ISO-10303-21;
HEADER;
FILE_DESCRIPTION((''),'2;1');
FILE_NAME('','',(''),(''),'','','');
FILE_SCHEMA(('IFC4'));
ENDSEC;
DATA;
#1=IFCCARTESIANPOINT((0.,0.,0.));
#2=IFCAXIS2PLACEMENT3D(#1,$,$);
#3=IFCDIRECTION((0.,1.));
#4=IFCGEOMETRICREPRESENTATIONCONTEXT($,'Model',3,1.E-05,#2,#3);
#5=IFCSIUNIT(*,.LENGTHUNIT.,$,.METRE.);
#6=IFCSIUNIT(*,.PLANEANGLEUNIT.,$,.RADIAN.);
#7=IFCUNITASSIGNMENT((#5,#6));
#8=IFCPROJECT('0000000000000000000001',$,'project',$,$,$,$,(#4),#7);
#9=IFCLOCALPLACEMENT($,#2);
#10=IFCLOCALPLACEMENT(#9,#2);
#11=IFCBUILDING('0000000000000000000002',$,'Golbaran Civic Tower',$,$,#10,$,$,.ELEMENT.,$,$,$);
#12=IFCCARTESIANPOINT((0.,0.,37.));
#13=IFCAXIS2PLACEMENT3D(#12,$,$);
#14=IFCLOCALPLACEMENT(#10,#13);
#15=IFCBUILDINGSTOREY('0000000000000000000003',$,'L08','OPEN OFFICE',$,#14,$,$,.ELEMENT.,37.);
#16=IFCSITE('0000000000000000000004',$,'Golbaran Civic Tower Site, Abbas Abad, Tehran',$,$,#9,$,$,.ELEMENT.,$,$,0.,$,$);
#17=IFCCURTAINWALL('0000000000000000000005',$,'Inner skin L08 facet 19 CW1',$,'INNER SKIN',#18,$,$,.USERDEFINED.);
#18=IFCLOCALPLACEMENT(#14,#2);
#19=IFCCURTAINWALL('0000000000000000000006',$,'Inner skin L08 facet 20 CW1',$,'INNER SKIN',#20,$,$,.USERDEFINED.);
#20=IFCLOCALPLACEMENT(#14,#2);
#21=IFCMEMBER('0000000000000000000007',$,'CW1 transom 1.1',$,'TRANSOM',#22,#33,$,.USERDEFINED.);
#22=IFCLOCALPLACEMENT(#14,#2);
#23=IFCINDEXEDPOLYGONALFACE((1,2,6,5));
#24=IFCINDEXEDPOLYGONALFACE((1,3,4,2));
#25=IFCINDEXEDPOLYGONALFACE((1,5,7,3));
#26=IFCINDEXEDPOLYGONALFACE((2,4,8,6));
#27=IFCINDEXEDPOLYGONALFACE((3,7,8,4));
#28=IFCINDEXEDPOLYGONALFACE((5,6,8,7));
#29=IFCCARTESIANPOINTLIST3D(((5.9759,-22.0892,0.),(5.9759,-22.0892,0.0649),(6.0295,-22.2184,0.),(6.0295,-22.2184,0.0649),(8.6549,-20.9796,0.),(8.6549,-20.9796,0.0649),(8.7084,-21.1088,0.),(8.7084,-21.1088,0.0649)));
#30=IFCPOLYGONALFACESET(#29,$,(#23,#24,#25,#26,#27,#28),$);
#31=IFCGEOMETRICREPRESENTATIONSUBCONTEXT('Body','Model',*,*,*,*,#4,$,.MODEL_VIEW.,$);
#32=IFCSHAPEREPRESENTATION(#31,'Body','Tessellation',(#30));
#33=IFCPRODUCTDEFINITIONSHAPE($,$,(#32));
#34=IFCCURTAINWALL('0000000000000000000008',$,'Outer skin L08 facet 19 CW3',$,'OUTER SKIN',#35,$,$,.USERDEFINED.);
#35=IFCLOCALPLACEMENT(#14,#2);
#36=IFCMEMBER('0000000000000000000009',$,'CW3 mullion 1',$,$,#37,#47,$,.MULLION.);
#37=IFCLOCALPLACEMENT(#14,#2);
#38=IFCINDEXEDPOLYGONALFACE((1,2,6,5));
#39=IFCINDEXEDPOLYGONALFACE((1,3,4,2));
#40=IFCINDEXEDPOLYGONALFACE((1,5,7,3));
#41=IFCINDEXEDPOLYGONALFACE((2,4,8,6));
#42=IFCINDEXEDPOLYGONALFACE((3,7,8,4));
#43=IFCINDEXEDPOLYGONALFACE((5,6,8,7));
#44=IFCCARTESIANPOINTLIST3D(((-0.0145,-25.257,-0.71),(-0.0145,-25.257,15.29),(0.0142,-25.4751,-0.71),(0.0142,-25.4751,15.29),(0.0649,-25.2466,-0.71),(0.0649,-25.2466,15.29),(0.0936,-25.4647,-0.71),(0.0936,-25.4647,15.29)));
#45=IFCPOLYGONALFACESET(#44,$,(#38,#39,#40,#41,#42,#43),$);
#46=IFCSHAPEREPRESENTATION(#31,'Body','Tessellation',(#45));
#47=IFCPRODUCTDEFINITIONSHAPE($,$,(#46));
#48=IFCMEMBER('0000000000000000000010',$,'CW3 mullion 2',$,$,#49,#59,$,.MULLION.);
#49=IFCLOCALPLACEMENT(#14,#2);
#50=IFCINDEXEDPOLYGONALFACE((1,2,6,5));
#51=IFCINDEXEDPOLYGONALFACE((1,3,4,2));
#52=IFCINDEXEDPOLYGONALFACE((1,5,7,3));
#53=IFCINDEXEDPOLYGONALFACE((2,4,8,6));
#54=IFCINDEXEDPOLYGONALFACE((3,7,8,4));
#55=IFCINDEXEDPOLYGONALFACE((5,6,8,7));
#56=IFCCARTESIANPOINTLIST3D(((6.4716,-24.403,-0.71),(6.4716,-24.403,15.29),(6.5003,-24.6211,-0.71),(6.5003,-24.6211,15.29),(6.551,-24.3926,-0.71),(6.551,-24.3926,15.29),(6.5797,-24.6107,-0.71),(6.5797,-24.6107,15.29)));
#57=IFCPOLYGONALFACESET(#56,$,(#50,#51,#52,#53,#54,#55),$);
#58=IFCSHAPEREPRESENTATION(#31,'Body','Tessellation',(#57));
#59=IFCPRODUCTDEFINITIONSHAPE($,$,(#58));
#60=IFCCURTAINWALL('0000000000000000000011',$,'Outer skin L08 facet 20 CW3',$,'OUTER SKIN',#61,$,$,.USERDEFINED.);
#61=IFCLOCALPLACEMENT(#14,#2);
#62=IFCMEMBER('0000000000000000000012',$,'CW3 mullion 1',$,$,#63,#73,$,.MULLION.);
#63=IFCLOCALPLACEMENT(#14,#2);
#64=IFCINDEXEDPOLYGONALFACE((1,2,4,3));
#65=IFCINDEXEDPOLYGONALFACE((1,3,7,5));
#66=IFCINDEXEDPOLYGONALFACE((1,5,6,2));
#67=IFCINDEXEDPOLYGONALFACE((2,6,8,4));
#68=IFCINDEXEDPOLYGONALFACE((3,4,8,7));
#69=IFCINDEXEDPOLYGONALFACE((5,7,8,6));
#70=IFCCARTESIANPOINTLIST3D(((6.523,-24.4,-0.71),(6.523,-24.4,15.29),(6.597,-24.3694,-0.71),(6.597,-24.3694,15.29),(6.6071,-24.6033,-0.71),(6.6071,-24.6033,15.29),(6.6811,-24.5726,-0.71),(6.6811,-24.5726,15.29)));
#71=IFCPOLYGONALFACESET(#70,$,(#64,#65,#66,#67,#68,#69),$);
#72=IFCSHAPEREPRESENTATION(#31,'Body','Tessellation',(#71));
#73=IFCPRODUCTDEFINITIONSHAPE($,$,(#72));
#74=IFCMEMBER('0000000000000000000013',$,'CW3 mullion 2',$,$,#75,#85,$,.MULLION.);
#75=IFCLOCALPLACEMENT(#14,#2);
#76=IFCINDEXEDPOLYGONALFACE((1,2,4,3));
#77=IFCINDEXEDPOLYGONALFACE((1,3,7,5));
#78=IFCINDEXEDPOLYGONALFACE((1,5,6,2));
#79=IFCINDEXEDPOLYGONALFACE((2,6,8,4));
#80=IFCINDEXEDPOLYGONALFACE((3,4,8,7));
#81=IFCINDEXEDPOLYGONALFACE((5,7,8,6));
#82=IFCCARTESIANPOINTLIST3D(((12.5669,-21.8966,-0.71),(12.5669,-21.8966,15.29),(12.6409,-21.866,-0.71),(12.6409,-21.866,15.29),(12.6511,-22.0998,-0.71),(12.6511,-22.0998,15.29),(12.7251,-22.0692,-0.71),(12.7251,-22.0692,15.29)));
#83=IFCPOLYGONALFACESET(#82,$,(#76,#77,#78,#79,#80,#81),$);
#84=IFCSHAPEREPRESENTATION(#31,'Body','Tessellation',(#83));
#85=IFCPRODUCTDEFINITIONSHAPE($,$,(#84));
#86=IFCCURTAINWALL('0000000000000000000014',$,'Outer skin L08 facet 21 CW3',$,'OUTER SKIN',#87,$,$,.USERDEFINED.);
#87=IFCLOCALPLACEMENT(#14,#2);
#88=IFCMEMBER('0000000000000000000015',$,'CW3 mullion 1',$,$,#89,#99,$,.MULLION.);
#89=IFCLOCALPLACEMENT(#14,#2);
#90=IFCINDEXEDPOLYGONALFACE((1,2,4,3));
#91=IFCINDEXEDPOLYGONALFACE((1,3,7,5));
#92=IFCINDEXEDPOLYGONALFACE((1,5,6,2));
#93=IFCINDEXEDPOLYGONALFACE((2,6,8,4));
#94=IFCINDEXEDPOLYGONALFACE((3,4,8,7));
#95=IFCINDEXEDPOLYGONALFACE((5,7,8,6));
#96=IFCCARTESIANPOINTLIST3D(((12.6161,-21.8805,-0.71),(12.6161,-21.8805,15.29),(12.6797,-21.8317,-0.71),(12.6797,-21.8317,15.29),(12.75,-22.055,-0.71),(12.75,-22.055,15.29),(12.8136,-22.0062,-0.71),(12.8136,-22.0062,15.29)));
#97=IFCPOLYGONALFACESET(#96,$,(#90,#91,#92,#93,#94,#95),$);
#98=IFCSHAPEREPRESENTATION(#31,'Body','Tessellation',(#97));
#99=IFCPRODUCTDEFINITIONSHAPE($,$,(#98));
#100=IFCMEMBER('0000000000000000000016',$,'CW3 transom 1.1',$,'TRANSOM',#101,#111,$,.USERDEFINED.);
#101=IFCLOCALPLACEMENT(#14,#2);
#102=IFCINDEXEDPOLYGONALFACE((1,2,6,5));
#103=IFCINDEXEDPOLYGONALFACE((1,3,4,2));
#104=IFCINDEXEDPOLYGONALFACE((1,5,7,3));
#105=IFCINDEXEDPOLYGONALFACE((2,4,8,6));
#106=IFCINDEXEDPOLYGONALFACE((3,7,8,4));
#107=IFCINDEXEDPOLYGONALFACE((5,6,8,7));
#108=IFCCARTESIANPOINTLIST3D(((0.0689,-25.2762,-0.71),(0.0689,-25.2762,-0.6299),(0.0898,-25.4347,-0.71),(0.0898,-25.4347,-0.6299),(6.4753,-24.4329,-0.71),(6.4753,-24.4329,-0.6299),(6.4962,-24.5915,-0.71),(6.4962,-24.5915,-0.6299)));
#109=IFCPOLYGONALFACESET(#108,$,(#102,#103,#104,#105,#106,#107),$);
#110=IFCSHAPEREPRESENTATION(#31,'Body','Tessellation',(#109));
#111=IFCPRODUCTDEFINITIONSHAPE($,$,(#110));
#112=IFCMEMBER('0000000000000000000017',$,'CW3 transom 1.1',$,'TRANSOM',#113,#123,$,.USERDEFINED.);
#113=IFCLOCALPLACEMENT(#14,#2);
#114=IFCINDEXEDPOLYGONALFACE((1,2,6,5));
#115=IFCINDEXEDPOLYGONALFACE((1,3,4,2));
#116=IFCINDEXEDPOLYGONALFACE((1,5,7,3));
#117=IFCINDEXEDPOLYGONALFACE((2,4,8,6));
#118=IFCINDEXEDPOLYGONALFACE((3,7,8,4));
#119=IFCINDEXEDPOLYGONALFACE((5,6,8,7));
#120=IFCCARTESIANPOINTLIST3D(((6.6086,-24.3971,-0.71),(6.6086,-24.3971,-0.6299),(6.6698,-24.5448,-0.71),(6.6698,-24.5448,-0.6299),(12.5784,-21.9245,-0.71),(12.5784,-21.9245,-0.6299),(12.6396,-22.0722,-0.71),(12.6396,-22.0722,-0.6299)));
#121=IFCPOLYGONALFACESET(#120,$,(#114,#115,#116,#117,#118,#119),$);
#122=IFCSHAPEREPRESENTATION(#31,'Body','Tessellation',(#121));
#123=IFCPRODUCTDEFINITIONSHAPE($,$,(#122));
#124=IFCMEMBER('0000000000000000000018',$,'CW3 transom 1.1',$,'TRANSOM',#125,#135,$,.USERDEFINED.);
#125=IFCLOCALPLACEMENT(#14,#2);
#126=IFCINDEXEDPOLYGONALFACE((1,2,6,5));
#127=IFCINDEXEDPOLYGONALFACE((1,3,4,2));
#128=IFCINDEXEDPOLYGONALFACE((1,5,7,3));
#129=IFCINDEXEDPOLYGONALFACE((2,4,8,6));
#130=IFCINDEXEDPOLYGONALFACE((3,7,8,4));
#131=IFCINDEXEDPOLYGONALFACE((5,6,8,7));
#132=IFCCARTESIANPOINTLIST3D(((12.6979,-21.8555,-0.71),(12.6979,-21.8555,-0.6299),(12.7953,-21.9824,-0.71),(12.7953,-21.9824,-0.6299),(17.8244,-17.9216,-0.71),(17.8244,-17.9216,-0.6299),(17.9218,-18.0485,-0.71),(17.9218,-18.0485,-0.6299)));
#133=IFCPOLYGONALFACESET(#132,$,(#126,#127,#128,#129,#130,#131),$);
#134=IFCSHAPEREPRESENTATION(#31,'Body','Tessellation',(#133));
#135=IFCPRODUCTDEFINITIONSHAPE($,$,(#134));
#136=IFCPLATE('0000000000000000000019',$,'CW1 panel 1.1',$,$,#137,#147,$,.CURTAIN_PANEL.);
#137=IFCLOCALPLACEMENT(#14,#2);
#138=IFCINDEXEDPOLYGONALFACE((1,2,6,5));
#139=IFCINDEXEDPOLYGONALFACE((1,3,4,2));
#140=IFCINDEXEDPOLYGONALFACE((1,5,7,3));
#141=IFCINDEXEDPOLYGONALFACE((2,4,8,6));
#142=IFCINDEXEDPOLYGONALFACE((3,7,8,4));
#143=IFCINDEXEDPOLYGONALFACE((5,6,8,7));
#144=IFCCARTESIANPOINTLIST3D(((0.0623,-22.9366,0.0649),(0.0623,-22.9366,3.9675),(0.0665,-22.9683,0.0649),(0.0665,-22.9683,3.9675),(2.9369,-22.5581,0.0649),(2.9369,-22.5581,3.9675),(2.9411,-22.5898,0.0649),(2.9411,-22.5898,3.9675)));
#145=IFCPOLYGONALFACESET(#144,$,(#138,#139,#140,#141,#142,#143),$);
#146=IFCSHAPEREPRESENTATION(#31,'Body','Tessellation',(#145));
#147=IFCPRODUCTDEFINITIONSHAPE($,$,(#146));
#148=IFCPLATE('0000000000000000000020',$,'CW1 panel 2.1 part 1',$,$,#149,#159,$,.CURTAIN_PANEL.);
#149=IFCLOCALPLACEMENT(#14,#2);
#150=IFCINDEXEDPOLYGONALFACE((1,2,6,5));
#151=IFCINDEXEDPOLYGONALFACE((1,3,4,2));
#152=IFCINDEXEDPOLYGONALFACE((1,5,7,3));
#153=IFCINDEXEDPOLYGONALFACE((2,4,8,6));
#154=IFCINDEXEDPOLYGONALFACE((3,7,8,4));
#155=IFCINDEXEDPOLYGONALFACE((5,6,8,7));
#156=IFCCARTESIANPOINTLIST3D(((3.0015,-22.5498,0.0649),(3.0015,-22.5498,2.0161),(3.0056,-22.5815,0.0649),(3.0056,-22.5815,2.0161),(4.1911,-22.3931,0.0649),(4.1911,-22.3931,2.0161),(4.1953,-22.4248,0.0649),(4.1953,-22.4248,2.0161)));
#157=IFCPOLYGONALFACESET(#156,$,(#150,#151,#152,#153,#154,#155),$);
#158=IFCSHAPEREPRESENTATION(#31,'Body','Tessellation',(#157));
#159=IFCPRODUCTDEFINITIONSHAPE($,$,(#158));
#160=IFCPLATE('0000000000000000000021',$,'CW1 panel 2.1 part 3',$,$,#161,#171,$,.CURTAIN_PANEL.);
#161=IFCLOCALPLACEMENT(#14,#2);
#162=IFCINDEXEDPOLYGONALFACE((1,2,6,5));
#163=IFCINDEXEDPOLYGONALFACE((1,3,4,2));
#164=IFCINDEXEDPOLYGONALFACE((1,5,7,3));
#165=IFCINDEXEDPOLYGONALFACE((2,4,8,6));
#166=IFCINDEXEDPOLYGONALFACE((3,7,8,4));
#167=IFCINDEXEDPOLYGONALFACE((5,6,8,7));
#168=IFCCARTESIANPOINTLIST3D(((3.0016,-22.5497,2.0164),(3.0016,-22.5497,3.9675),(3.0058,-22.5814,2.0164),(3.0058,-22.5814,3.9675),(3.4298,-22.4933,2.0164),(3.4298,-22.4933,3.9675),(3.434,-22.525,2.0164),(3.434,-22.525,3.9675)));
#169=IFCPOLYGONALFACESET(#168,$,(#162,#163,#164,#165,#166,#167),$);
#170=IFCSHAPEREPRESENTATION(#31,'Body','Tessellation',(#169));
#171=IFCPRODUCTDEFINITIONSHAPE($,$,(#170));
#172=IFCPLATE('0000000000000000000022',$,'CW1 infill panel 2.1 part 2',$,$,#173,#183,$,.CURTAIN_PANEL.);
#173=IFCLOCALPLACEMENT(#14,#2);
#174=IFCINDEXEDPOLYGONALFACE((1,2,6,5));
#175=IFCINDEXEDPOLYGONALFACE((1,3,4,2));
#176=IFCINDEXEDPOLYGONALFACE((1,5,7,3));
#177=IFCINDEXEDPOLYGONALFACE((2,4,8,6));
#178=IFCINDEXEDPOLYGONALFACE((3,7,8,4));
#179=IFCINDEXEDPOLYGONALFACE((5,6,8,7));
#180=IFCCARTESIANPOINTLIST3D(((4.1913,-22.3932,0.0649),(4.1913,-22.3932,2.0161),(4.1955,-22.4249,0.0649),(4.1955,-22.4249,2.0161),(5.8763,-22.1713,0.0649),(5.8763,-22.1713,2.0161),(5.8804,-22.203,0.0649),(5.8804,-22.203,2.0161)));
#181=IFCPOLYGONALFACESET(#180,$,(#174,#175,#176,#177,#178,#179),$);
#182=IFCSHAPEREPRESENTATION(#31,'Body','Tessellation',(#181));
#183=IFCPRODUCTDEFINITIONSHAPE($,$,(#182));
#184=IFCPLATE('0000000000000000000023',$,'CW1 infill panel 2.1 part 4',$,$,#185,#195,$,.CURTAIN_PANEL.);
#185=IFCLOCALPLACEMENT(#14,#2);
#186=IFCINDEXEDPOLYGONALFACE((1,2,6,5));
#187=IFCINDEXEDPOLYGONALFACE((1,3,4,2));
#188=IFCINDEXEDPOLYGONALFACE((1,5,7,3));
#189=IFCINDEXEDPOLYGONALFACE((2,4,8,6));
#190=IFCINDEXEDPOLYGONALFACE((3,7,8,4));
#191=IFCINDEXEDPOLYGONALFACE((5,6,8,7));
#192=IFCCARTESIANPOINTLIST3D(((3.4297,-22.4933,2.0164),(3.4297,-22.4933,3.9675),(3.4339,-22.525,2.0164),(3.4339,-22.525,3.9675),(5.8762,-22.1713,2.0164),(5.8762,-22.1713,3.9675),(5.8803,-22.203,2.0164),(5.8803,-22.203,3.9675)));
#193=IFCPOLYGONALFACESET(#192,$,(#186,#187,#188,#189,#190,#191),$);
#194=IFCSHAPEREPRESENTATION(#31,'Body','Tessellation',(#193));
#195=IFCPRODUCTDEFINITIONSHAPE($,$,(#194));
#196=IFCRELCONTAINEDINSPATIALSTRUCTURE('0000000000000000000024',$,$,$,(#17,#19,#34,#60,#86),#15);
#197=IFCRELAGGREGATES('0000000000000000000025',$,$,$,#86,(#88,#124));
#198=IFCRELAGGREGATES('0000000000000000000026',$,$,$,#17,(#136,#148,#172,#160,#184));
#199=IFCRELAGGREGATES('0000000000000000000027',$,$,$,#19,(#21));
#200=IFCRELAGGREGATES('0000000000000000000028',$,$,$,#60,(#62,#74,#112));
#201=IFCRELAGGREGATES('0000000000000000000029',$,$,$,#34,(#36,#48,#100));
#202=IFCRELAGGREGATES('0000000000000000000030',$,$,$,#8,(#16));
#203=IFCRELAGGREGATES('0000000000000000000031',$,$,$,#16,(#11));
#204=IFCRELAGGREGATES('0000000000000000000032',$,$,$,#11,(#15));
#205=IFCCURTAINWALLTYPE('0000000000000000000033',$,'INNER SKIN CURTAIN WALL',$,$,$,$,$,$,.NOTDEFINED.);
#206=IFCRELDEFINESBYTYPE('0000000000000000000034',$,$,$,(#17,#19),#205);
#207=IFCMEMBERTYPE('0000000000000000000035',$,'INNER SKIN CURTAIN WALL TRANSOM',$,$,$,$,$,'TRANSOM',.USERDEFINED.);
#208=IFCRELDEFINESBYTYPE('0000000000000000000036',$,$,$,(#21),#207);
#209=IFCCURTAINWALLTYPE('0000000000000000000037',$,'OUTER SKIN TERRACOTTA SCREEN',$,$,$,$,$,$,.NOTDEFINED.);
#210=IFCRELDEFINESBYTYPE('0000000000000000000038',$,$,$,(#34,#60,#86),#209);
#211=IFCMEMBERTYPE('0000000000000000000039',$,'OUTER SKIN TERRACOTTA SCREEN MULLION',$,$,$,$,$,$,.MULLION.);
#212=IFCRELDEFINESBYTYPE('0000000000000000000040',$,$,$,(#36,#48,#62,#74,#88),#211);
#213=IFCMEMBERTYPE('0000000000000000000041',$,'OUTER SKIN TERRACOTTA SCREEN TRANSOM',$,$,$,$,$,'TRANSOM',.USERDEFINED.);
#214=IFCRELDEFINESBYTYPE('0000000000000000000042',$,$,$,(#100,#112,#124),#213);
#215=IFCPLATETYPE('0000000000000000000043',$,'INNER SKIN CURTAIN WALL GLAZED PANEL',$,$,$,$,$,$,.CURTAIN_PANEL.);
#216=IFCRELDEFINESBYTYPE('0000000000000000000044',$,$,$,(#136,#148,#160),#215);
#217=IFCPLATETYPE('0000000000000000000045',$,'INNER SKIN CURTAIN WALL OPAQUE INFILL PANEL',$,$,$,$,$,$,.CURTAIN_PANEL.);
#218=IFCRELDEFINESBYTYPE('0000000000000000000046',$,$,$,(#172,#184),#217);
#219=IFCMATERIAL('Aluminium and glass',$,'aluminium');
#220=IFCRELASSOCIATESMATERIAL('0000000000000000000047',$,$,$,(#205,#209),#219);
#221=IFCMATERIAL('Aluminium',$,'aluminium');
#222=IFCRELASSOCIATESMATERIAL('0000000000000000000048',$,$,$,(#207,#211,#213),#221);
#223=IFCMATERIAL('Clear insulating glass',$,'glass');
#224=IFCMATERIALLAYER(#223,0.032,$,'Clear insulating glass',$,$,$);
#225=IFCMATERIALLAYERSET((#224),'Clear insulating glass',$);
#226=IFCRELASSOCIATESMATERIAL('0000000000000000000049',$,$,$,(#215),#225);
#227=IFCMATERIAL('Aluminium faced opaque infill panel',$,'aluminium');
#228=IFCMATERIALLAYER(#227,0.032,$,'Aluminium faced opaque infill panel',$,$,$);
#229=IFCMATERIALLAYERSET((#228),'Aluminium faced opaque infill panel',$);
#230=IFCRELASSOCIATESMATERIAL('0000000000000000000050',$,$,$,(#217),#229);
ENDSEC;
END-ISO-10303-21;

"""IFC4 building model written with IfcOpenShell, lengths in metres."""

from ifc_helpers import new_model, si_unit, direction, frame, origin, origin_2d, place, context, subcontext, project, spatial, rectangle, extrude, material, layer, layer_set, material_profile, profile_set, type_object, element, aggregate, save


model = new_model("IFC4")

# Units and contexts
model_context = context("Model", 3, precision=1e-05, world=origin(), true_north=direction((0.0, 1.0)))
body_context = subcontext(model_context, "Body", "Model", "MODEL_VIEW")
ifc_project = project(units=[si_unit("LENGTHUNIT", "METRE"), si_unit("PLANEANGLEUNIT", "RADIAN")], contexts=[model_context])

# Site, building, storey
site_placement = place(None, origin())
site = spatial("IfcSite", under=ifc_project, at=site_placement, Name="Golbaran Civic Tower Site, Abbas Abad, Tehran", CompositionType="ELEMENT", RefElevation=0.0)
building_placement = place(site_placement, origin())
building = spatial("IfcBuilding", under=site, at=building_placement, Name="Golbaran Civic Tower", CompositionType="ELEMENT")
storey_placement = place(building_placement, frame((0.0, 0.0, 37.0)))
storey = spatial("IfcBuildingStorey", under=building, at=storey_placement, Name="L08", Description="OPEN OFFICE", CompositionType="ELEMENT", Elevation=37.0)

# Curtain wall
ifc_material_1 = material(Name="Aluminium and glass", Category="aluminium")
curtain_wall_type_1 = type_object("IfcCurtainWallType", Name="INNER SKIN CURTAIN WALL", PredefinedType="NOTDEFINED", material=ifc_material_1)
curtain_wall_1_placement = place(storey_placement, origin())
curtain_wall_1 = element("IfcCurtainWall", 1, at=curtain_wall_1_placement, inside=storey, type_object=curtain_wall_type_1, Name="Inner skin L08 facet 19 CW1", ObjectType="INNER SKIN", PredefinedType="USERDEFINED")
ifc_material_2 = material(Name="Aluminium", Category="aluminium")

# Curtain wall
curtain_wall_2_placement = place(storey_placement, origin())
curtain_wall_2 = element("IfcCurtainWall", 2, at=curtain_wall_2_placement, inside=storey, type_object=curtain_wall_type_1, Name="Inner skin L08 facet 20 CW1", ObjectType="INNER SKIN", PredefinedType="USERDEFINED")

# Member
ifc_material_profile_1 = material_profile(ifc_material_2, rectangle(XDim=0.1399, YDim=0.0649, at=origin_2d()), Name="INNER SKIN CURTAIN WALL TRANSOM")
ifc_profile_set_1 = profile_set([ifc_material_profile_1], Name="Aluminium")
member_type_1 = type_object("IfcMemberType", Name="INNER SKIN CURTAIN WALL TRANSOM", ElementType="TRANSOM", PredefinedType="USERDEFINED", material=ifc_profile_set_1)
member_1_placement = place(storey_placement, frame((6.0027, -22.1538, 0.0325), z_axis=(0.923884, 0.382672, 0.0), x_axis=(-0.382672, 0.923884, 0.0)))
member_1 = element("IfcMember", 3, at=member_1_placement, type_object=member_type_1, Name="CW1 transom 1.1", ObjectType="TRANSOM", PredefinedType="USERDEFINED", context=body_context, shape_type="SweptSolid", body=[
    extrude(rectangle(XDim=0.1399, YDim=0.0649, at=origin_2d()), origin(), (0.0, 0.0, 1.0), 2.8997),
])

# Curtain walls, members
curtain_wall_type_2 = type_object("IfcCurtainWallType", Name="OUTER SKIN TERRACOTTA SCREEN", PredefinedType="NOTDEFINED", material=ifc_material_1)
curtain_wall_3_placement = place(storey_placement, origin())
curtain_wall_3 = element("IfcCurtainWall", 4, at=curtain_wall_3_placement, inside=storey, type_object=curtain_wall_type_2, Name="Outer skin L08 facet 19 CW3", ObjectType="OUTER SKIN", PredefinedType="USERDEFINED")
ifc_material_profile_2 = material_profile(ifc_material_2, rectangle(XDim=0.22, YDim=0.0801, at=origin_2d()), Name="OUTER SKIN TERRACOTTA SCREEN MULLION")
ifc_profile_set_2 = profile_set([ifc_material_profile_2], Name="Aluminium")
member_type_2 = type_object("IfcMemberType", Name="OUTER SKIN TERRACOTTA SCREEN MULLION", PredefinedType="MULLION", material=ifc_profile_set_2)
member_2_placement = place(storey_placement, frame((0.0396, -25.3608, -0.71), z_axis=(0.0, 0.0, 1.0), x_axis=(-0.130526, 0.991445, 0.0)))
member_2 = element("IfcMember", 5, at=member_2_placement, type_object=member_type_2, Name="CW3 mullion 1", PredefinedType="MULLION", context=body_context, shape_type="SweptSolid", body=[
    extrude(rectangle(XDim=0.22, YDim=0.0801, at=origin_2d()), origin(), (0.0, 0.0, 1.0), 16.0),
])
member_3_placement = place(storey_placement, frame((6.5256, -24.5068, -0.71), z_axis=(0.0, 0.0, 1.0), x_axis=(-0.130526, 0.991445, 0.0)))
member_3 = element("IfcMember", 6, at=member_3_placement, type_object=member_type_2, Name="CW3 mullion 2", PredefinedType="MULLION", context=body_context, shape_type="SweptSolid", body=[
    extrude(rectangle(XDim=0.22, YDim=0.0801, at=origin_2d()), origin(), (0.0, 0.0, 1.0), 16.0),
])
curtain_wall_4_placement = place(storey_placement, origin())
curtain_wall_4 = element("IfcCurtainWall", 7, at=curtain_wall_4_placement, inside=storey, type_object=curtain_wall_type_2, Name="Outer skin L08 facet 20 CW3", ObjectType="OUTER SKIN", PredefinedType="USERDEFINED")
member_4_placement = place(storey_placement, frame((6.6021, -24.4863, -0.71), z_axis=(0.0, 0.0, 1.0), x_axis=(-0.382683, 0.92388, 0.0)))
member_4 = element("IfcMember", 8, at=member_4_placement, type_object=member_type_2, Name="CW3 mullion 1", PredefinedType="MULLION", context=body_context, shape_type="SweptSolid", body=[
    extrude(rectangle(XDim=0.22, YDim=0.0801, at=origin_2d()), origin(), (0.0, 0.0, 1.0), 16.0),
])
member_5_placement = place(storey_placement, frame((12.646, -21.9829, -0.71), z_axis=(0.0, 0.0, 1.0), x_axis=(-0.382683, 0.92388, 0.0)))
member_5 = element("IfcMember", 9, at=member_5_placement, type_object=member_type_2, Name="CW3 mullion 2", PredefinedType="MULLION", context=body_context, shape_type="SweptSolid", body=[
    extrude(rectangle(XDim=0.22, YDim=0.0801, at=origin_2d()), origin(), (0.0, 0.0, 1.0), 16.0),
])

# Curtain wall, member
curtain_wall_5_placement = place(storey_placement, origin())
curtain_wall_5 = element("IfcCurtainWall", 10, at=curtain_wall_5_placement, inside=storey, type_object=curtain_wall_type_2, Name="Outer skin L08 facet 21 CW3", ObjectType="OUTER SKIN", PredefinedType="USERDEFINED")
member_6_placement = place(storey_placement, frame((12.7148, -21.9434, -0.71), z_axis=(0.0, 0.0, 1.0), x_axis=(-0.608761, 0.793353, 0.0)))
member_6 = element("IfcMember", 11, at=member_6_placement, type_object=member_type_2, Name="CW3 mullion 1", PredefinedType="MULLION", context=body_context, shape_type="SweptSolid", body=[
    extrude(rectangle(XDim=0.22, YDim=0.0801, at=origin_2d()), origin(), (0.0, 0.0, 1.0), 16.0),
])

# Members
ifc_material_profile_3 = material_profile(ifc_material_2, rectangle(XDim=0.1599, YDim=0.0801, at=origin_2d()), Name="OUTER SKIN TERRACOTTA SCREEN TRANSOM")
ifc_profile_set_3 = profile_set([ifc_material_profile_3], Name="Aluminium")
member_type_3 = type_object("IfcMemberType", Name="OUTER SKIN TERRACOTTA SCREEN TRANSOM", ElementType="TRANSOM", PredefinedType="USERDEFINED", material=ifc_profile_set_3)
member_7_placement = place(storey_placement, frame((0.0793, -25.3555, -0.6699), z_axis=(0.991448, 0.1305, 0.0), x_axis=(-0.1305, 0.991448, 0.0)))
member_7 = element("IfcMember", 12, at=member_7_placement, type_object=member_type_3, Name="CW3 transom 1.1", ObjectType="TRANSOM", PredefinedType="USERDEFINED", context=body_context, shape_type="SweptSolid", body=[
    extrude(rectangle(XDim=0.1599, YDim=0.0801, at=origin_2d()), origin(), (0.0, 0.0, 1.0), 6.4617),
])
member_8_placement = place(storey_placement, frame((6.6392, -24.4709, -0.6699), z_axis=(0.92389, 0.382659, 0.0), x_axis=(-0.382659, 0.92389, 0.0)))
member_8 = element("IfcMember", 13, at=member_8_placement, type_object=member_type_3, Name="CW3 transom 1.1", ObjectType="TRANSOM", PredefinedType="USERDEFINED", context=body_context, shape_type="SweptSolid", body=[
    extrude(rectangle(XDim=0.1599, YDim=0.0801, at=origin_2d()), origin(), (0.0, 0.0, 1.0), 6.4617),
])
member_9_placement = place(storey_placement, frame((12.7466, -21.9189, -0.6699), z_axis=(0.793341, 0.608777, 0.0), x_axis=(-0.608777, 0.793341, 0.0)))
member_9 = element("IfcMember", 14, at=member_9_placement, type_object=member_type_3, Name="CW3 transom 1.1", ObjectType="TRANSOM", PredefinedType="USERDEFINED", context=body_context, shape_type="SweptSolid", body=[
    extrude(rectangle(XDim=0.1599, YDim=0.0801, at=origin_2d()), origin(), (0.0, 0.0, 1.0), 6.4619),
])
aggregate(curtain_wall_5, [member_6, member_9])

# Plates
ifc_material_3 = material(Name="Clear insulating glass", Category="glass")
ifc_layer_1 = layer(ifc_material_3, 0.032, Name="Clear insulating glass")
ifc_layer_set_1 = layer_set([ifc_layer_1], Name="Clear insulating glass")
plate_type_1 = type_object("IfcPlateType", Name="INNER SKIN CURTAIN WALL GLAZED PANEL", PredefinedType="CURTAIN_PANEL", material=ifc_layer_set_1)
plate_1_placement = place(storey_placement, frame((1.5017, -22.7632, 0.0649), z_axis=(0.0, 0.0, 1.0), x_axis=(0.991445, 0.130526, 0.0)))
plate_1 = element("IfcPlate", 15, at=plate_1_placement, type_object=plate_type_1, Name="CW1 panel 1.1", PredefinedType="CURTAIN_PANEL", context=body_context, shape_type="SweptSolid", body=[
    extrude(rectangle(XDim=2.8994, YDim=0.032, at=origin_2d()), origin(), (0.0, 0.0, 1.0), 3.9026),
])
plate_2_placement = place(storey_placement, frame((3.5984, -22.4873, 0.0649), z_axis=(0.0, 0.0, 1.0), x_axis=(0.991445, 0.130526, 0.0)))
plate_2 = element("IfcPlate", 16, at=plate_2_placement, type_object=plate_type_1, Name="CW1 panel 2.1 part 1", PredefinedType="CURTAIN_PANEL", context=body_context, shape_type="SweptSolid", body=[
    extrude(rectangle(XDim=1.2, YDim=0.032, at=origin_2d()), origin(), (0.0, 0.0, 1.0), 1.9512),
])
plate_3_placement = place(storey_placement, frame((3.2178, -22.5374, 2.0164), z_axis=(0.0, 0.0, 1.0), x_axis=(0.991445, 0.130526, 0.0)))
plate_3 = element("IfcPlate", 17, at=plate_3_placement, type_object=plate_type_1, Name="CW1 panel 2.1 part 3", PredefinedType="CURTAIN_PANEL", context=body_context, shape_type="SweptSolid", body=[
    extrude(rectangle(XDim=0.4319, YDim=0.032, at=origin_2d()), origin(), (0.0, 0.0, 1.0), 1.9512),
])
ifc_material_4 = material(Name="Aluminium faced opaque infill panel", Category="aluminium")
ifc_layer_2 = layer(ifc_material_4, 0.032, Name="Aluminium faced opaque infill panel")
ifc_layer_set_2 = layer_set([ifc_layer_2], Name="Aluminium faced opaque infill panel")
plate_type_2 = type_object("IfcPlateType", Name="INNER SKIN CURTAIN WALL OPAQUE INFILL PANEL", PredefinedType="CURTAIN_PANEL", material=ifc_layer_set_2)
plate_4_placement = place(storey_placement, frame((5.0359, -22.2981, 0.0649), z_axis=(0.0, 0.0, 1.0), x_axis=(0.991445, 0.130526, 0.0)))
plate_4 = element("IfcPlate", 18, at=plate_4_placement, type_object=plate_type_2, Name="CW1 infill panel 2.1 part 2", PredefinedType="CURTAIN_PANEL", context=body_context, shape_type="SweptSolid", body=[
    extrude(rectangle(XDim=1.6995, YDim=0.032, at=origin_2d()), origin(), (0.0, 0.0, 1.0), 1.9512),
])
plate_5_placement = place(storey_placement, frame((4.655, -22.3481, 2.0164), z_axis=(0.0, 0.0, 1.0), x_axis=(0.991445, 0.130526, 0.0)))
plate_5 = element("IfcPlate", 19, at=plate_5_placement, type_object=plate_type_2, Name="CW1 infill panel 2.1 part 4", PredefinedType="CURTAIN_PANEL", context=body_context, shape_type="SweptSolid", body=[
    extrude(rectangle(XDim=2.4675, YDim=0.032, at=origin_2d()), origin(), (0.0, 0.0, 1.0), 1.9512),
])
aggregate(curtain_wall_1, [plate_1, plate_2, plate_4, plate_3, plate_5])
aggregate(curtain_wall_2, [member_1])
aggregate(curtain_wall_4, [member_4, member_5, member_8])
aggregate(curtain_wall_3, [member_2, member_3, member_7])

save(model, "model.ifc")
